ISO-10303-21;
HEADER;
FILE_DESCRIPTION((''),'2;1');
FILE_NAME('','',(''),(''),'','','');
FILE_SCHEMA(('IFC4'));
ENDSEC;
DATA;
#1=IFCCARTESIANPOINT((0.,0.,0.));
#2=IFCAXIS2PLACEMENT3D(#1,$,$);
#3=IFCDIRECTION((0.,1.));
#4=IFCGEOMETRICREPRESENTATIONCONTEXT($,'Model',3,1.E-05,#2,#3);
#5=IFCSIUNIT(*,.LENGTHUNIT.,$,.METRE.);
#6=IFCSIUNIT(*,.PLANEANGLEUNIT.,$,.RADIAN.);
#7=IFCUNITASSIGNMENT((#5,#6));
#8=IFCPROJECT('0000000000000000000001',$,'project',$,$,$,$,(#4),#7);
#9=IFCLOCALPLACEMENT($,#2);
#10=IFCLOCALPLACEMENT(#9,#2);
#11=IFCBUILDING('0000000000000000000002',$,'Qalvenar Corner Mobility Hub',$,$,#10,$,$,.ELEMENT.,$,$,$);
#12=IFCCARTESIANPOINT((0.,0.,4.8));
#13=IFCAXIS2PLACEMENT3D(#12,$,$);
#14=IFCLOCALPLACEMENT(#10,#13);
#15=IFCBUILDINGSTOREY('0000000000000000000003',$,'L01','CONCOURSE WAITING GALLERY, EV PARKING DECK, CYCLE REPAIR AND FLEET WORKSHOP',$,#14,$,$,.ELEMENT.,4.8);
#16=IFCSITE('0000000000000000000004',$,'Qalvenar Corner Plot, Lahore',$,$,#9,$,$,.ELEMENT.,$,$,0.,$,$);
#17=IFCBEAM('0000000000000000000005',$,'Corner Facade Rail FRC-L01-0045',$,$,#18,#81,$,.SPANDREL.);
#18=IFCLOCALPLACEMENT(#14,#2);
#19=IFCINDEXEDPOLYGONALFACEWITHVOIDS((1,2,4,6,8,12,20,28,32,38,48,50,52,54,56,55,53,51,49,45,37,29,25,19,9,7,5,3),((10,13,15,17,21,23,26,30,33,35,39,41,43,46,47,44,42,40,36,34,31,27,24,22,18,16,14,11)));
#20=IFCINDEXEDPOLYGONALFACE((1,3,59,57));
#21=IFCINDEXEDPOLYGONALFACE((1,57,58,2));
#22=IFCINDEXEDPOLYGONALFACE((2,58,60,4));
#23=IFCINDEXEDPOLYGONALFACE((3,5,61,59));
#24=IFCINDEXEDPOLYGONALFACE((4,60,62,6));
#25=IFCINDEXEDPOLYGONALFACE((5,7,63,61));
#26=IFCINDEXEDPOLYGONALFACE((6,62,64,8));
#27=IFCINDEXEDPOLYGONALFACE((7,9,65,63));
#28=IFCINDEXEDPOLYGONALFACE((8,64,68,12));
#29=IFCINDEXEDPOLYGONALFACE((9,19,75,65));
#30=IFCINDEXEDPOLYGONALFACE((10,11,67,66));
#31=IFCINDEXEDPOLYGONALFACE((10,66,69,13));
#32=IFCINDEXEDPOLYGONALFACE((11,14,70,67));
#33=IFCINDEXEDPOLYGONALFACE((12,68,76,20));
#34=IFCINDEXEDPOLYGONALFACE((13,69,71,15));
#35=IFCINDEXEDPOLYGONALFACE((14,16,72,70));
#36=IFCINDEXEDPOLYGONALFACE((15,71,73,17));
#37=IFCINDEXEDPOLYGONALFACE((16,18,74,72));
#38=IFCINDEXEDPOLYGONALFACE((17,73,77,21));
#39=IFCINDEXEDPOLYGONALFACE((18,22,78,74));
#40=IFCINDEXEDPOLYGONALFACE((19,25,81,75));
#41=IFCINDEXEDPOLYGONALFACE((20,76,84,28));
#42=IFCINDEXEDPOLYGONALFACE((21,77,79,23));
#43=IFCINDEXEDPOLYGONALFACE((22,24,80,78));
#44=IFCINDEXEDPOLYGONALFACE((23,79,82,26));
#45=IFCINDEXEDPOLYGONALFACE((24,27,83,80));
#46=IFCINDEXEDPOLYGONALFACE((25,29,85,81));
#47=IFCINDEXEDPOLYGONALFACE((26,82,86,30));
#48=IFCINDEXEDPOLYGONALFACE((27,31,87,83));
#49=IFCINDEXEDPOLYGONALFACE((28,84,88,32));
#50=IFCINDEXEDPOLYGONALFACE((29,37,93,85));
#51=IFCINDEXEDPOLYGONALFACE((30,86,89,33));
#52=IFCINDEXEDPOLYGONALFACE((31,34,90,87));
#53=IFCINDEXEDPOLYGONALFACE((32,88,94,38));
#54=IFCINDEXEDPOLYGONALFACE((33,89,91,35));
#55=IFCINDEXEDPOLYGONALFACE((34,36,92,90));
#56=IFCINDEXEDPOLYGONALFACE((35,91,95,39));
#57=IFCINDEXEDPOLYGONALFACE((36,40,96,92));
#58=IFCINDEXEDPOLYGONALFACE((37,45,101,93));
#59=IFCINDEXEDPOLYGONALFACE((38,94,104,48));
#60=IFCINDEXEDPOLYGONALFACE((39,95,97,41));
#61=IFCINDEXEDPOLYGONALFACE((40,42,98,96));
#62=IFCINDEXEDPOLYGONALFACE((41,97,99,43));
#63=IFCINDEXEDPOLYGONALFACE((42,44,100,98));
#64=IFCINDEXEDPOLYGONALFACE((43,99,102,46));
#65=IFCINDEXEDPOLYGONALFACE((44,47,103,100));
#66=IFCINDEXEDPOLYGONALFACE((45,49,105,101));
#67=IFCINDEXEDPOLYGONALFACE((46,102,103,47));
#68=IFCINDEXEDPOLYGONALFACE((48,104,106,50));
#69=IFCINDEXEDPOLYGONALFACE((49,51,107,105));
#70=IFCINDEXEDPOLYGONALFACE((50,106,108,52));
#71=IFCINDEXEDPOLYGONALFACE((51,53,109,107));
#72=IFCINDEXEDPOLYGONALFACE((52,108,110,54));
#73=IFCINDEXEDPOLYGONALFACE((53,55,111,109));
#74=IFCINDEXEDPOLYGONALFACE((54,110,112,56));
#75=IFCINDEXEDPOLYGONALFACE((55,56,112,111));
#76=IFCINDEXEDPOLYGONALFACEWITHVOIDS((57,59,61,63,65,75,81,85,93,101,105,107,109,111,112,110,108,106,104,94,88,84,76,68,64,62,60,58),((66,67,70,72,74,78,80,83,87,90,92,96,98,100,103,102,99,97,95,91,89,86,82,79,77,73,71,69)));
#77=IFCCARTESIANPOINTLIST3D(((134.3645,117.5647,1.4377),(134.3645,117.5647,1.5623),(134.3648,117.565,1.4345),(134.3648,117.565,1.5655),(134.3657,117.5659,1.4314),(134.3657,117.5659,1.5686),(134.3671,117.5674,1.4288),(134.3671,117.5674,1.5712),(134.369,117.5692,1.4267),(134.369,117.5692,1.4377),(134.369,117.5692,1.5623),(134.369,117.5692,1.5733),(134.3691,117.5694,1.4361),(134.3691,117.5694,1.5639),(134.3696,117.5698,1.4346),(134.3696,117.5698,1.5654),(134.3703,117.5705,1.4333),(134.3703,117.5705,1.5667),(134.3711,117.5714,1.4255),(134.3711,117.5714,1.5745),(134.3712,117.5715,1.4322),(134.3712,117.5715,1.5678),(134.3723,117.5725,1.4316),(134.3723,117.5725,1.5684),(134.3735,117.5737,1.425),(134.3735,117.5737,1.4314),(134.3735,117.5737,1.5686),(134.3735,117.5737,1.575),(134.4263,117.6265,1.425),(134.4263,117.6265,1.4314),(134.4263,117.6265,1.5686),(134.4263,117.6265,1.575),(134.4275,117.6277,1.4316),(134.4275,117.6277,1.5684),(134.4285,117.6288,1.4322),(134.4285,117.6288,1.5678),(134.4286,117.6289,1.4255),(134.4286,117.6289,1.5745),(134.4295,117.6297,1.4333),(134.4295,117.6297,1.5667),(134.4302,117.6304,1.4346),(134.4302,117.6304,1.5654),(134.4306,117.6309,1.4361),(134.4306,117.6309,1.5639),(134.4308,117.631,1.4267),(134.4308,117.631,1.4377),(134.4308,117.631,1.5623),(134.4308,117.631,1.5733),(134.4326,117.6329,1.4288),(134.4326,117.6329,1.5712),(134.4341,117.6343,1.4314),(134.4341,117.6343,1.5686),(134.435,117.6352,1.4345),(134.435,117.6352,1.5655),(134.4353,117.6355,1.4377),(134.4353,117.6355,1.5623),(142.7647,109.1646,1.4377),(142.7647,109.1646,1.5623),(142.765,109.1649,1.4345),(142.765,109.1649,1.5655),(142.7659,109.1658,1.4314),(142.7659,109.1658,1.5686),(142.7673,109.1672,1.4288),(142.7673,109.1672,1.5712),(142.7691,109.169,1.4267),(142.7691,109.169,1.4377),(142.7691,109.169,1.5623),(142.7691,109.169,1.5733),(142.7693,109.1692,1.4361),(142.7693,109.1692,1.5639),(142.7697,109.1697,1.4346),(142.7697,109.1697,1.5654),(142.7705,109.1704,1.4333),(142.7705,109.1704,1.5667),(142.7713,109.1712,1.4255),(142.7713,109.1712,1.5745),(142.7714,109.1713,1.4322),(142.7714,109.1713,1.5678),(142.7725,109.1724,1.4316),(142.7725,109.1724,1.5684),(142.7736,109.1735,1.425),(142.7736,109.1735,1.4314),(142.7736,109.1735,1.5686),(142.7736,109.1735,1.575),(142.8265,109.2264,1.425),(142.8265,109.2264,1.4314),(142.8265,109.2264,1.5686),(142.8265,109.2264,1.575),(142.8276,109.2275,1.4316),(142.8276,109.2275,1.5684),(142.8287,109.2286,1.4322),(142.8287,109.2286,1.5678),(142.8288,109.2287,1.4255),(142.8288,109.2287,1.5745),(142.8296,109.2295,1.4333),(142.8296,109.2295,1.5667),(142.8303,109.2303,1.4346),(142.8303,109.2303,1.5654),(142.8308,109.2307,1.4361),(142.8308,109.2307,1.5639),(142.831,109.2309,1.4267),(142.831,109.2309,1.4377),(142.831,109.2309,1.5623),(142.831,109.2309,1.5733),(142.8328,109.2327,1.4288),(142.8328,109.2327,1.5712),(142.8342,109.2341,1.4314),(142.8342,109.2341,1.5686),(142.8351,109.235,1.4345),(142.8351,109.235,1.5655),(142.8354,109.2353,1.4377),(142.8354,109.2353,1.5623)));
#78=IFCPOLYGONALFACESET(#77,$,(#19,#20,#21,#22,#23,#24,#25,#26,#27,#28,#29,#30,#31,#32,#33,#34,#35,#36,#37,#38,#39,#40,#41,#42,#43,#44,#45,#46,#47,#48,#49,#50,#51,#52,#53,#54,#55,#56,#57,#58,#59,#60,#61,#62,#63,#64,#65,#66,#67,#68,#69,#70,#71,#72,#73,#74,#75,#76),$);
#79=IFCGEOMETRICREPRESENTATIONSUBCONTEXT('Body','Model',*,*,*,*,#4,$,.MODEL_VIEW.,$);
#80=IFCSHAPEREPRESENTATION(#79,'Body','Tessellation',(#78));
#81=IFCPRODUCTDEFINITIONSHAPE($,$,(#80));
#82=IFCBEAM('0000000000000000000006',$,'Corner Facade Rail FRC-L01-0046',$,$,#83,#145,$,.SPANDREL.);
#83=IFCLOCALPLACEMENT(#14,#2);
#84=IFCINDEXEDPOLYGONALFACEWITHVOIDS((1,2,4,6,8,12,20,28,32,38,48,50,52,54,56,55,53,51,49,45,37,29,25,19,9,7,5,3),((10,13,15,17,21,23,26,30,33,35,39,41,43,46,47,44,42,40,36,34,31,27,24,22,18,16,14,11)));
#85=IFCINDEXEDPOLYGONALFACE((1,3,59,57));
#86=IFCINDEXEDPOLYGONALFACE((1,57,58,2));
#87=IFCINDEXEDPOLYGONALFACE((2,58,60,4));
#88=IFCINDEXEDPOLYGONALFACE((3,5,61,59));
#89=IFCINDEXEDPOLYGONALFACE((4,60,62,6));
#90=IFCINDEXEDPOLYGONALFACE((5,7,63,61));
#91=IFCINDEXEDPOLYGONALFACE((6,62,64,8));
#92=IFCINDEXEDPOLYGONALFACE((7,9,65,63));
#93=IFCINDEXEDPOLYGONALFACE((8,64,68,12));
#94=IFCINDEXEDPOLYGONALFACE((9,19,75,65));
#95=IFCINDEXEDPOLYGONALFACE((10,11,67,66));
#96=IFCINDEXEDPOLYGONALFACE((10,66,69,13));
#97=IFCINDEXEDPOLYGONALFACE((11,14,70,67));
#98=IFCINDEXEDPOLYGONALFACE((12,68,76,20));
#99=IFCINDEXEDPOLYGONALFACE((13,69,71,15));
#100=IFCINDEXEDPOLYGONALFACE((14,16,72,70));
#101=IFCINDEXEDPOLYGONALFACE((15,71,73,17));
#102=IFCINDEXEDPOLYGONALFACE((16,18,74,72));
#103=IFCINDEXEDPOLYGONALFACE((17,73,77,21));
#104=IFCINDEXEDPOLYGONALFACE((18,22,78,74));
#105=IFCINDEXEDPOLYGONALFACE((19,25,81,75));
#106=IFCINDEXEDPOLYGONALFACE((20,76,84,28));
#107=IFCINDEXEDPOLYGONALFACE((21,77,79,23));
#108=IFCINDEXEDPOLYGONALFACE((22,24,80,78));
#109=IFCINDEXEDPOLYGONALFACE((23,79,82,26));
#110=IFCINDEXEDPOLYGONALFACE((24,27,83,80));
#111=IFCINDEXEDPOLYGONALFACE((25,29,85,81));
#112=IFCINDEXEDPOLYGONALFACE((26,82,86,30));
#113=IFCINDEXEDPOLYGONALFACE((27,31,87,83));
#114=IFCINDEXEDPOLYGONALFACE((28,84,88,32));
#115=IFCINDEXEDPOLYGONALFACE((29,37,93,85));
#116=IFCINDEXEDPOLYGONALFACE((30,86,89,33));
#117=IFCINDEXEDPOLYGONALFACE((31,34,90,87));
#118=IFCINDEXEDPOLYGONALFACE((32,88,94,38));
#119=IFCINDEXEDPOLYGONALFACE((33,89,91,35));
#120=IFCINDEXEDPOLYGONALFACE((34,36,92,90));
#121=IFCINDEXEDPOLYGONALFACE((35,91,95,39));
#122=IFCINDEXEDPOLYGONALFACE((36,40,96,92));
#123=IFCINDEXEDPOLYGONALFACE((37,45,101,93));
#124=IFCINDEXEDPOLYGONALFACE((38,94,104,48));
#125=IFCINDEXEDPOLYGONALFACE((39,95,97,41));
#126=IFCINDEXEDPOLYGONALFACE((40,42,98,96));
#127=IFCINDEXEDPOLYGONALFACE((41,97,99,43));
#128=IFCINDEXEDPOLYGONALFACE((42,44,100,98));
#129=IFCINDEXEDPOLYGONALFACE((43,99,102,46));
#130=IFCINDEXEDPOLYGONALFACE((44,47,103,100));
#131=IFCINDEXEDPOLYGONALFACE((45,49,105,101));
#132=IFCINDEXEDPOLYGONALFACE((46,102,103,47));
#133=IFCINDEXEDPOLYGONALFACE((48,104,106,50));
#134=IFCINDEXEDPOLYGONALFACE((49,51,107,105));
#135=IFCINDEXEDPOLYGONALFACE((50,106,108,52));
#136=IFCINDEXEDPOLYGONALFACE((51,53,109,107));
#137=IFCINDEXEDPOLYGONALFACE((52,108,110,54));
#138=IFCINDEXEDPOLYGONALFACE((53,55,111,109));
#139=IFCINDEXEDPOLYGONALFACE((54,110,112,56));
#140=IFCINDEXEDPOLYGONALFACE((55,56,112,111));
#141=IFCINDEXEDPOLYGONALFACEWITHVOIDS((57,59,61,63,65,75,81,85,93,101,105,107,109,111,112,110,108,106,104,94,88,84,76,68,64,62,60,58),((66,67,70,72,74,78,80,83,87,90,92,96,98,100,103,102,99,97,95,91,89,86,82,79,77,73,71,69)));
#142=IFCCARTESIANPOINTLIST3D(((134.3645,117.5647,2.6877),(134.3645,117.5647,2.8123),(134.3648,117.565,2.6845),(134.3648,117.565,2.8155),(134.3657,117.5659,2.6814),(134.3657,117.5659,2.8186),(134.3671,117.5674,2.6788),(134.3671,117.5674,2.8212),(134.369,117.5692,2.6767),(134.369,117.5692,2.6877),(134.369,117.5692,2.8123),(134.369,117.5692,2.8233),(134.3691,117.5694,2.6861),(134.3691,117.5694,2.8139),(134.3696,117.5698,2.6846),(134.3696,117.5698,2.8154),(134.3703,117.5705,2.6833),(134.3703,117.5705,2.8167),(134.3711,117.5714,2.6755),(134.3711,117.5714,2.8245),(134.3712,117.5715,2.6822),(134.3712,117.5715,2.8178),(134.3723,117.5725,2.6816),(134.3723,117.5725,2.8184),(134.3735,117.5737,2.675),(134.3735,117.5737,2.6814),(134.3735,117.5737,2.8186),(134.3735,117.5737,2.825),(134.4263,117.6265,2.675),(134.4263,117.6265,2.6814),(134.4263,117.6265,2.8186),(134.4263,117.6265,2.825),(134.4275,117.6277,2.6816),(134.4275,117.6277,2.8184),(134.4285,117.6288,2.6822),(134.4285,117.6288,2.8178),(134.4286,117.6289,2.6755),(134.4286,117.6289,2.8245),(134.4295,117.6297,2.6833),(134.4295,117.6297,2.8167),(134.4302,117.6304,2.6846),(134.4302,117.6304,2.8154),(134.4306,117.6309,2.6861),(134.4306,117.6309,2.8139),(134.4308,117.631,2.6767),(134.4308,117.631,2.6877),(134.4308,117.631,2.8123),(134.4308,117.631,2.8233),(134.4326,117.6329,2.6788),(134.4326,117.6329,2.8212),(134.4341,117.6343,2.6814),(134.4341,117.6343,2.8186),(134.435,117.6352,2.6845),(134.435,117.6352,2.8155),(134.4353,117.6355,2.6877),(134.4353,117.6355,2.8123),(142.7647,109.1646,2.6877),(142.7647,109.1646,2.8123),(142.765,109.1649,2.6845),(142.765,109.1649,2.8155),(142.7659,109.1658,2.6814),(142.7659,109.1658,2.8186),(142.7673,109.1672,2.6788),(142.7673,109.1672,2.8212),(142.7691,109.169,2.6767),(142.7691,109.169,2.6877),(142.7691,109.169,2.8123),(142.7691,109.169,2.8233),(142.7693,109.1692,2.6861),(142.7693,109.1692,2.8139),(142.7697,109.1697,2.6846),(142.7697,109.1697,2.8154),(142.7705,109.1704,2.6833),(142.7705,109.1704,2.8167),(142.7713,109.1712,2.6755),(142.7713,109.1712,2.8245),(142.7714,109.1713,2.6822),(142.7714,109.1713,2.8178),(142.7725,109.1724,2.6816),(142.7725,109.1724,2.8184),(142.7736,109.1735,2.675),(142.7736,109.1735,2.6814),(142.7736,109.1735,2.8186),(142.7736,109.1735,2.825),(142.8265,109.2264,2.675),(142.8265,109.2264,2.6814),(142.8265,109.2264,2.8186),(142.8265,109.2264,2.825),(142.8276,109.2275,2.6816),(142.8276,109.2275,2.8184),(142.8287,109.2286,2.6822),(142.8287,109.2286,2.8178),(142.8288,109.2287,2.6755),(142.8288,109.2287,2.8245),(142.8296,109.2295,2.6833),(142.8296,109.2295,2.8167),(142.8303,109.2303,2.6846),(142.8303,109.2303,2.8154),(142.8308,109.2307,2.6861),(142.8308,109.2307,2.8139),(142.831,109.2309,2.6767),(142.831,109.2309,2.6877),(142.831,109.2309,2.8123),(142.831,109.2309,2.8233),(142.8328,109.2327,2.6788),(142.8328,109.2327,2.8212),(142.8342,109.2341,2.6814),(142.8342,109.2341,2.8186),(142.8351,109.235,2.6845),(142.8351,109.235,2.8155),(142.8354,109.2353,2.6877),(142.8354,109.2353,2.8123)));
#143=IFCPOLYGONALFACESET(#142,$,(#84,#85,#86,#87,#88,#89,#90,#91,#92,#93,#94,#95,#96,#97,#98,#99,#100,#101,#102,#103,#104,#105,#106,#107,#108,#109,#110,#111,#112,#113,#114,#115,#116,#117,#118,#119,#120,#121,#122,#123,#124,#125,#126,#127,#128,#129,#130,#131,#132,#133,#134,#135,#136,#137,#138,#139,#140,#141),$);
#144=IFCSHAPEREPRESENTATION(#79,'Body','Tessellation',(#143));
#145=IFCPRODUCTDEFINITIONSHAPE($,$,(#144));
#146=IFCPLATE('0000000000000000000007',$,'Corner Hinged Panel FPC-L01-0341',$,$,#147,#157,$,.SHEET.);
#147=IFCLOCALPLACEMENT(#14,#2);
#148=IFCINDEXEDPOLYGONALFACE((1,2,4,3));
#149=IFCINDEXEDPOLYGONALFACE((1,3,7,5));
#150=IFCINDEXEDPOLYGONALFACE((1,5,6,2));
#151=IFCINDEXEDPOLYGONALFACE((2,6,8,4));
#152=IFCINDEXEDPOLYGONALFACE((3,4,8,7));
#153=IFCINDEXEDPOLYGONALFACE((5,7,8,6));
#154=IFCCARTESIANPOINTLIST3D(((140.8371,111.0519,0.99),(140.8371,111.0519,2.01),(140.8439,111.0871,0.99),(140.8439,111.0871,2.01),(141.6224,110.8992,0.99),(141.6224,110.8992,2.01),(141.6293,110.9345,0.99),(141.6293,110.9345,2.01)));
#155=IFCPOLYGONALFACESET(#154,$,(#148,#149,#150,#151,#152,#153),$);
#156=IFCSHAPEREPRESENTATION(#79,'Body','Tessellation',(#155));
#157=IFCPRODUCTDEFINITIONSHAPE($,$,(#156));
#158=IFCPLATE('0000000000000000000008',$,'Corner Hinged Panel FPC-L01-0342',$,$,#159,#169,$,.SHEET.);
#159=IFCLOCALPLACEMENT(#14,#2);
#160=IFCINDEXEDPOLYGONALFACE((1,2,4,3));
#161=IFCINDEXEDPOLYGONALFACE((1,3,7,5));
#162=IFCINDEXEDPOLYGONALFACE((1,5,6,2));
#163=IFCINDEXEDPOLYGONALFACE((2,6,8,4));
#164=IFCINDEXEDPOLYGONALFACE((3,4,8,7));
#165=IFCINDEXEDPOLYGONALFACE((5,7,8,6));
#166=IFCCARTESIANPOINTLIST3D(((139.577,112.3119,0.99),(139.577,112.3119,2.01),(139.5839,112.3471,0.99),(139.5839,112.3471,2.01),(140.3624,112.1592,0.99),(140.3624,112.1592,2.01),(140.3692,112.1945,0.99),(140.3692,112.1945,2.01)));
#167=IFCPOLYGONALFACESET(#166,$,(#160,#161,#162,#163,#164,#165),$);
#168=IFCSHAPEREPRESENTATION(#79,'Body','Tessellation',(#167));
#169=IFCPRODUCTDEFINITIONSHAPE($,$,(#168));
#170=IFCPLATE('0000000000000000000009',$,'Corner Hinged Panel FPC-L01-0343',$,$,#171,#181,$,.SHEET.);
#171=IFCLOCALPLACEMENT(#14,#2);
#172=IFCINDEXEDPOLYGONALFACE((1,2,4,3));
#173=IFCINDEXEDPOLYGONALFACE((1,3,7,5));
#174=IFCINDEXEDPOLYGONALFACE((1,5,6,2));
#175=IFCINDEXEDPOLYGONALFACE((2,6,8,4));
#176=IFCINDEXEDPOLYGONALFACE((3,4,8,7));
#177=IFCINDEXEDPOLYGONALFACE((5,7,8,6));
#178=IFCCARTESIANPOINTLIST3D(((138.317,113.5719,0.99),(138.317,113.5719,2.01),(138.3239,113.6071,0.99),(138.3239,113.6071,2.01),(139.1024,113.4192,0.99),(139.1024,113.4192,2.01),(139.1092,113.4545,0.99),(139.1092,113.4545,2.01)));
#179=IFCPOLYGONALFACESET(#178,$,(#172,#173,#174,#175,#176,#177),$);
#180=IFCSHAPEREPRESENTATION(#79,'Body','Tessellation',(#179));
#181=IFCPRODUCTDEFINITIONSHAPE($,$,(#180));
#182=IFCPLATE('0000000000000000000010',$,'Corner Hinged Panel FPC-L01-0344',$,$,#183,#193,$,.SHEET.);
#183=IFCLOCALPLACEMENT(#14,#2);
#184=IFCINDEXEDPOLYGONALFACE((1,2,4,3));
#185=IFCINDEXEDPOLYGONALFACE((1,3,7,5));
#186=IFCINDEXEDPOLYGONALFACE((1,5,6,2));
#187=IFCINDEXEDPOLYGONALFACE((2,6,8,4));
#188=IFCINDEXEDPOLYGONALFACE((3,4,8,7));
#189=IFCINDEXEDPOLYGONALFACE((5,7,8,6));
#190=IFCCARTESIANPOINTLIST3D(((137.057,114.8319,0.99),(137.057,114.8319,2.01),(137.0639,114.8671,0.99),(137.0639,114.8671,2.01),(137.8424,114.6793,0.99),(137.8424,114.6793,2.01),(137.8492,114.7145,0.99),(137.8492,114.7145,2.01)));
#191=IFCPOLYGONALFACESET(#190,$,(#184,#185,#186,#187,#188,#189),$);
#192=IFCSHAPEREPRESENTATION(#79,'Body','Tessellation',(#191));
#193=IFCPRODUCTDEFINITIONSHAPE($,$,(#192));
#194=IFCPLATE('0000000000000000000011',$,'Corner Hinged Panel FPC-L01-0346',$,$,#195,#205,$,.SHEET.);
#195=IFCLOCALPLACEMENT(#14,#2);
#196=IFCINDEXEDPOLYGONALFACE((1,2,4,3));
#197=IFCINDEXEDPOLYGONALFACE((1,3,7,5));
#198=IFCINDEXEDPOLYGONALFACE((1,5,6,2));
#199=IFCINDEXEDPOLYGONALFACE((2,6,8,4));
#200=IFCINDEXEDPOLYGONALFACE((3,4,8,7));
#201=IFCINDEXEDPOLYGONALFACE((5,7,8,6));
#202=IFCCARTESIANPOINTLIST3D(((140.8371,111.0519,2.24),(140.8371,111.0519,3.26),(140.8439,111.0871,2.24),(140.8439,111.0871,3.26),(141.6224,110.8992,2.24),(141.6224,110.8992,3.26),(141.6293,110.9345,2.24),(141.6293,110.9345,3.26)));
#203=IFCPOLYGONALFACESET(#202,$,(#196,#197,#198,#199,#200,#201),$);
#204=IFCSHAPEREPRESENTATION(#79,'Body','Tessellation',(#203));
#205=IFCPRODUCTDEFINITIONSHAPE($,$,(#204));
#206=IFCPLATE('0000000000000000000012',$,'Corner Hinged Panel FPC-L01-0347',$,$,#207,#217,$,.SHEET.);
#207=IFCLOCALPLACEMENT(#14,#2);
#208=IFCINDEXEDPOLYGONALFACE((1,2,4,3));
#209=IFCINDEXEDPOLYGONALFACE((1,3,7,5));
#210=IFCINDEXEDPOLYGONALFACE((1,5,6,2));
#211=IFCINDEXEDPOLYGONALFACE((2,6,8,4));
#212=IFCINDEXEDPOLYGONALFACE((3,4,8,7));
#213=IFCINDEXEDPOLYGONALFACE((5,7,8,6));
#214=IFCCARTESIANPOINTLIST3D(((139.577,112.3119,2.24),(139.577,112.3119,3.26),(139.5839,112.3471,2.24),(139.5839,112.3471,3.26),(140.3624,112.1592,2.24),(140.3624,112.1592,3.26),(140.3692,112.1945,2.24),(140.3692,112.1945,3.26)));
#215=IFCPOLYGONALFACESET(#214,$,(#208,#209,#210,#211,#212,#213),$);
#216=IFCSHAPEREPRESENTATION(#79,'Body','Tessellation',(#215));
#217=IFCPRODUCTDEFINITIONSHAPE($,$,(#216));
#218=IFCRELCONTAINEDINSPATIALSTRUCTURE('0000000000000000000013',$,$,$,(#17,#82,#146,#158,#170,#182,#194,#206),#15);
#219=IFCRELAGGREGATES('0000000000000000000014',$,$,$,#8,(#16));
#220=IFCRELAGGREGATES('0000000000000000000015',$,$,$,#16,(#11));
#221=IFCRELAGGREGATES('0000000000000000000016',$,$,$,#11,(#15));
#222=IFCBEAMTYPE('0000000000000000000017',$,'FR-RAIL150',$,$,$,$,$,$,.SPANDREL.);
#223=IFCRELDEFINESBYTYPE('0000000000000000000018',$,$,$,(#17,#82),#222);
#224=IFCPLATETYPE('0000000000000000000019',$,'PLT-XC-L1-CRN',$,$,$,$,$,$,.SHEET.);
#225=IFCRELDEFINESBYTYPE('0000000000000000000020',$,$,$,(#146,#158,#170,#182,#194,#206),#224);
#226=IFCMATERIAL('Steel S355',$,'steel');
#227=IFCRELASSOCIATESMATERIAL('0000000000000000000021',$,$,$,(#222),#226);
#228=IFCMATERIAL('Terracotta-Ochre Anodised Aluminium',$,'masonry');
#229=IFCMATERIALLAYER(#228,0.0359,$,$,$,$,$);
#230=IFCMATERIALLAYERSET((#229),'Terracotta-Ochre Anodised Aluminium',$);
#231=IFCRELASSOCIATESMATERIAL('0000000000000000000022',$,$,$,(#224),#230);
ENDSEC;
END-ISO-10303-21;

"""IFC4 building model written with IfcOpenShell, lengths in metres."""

from ifc_helpers import new_model, si_unit, direction, frame, origin, origin_2d, place, context, subcontext, project, spatial, rectangle, hollow_rectangle, extrude, material, layer, layer_set, material_profile, profile_set, type_object, element, save


model = new_model("IFC4")

# Units and contexts
model_context = context("Model", 3, precision=1e-05, world=origin(), true_north=direction((0.0, 1.0)))
body_context = subcontext(model_context, "Body", "Model", "MODEL_VIEW")
ifc_project = project(units=[si_unit("LENGTHUNIT", "METRE"), si_unit("PLANEANGLEUNIT", "RADIAN")], contexts=[model_context])

# Site, building, storey
site_placement = place(None, origin())
site = spatial("IfcSite", under=ifc_project, at=site_placement, Name="Qalvenar Corner Plot, Lahore", CompositionType="ELEMENT", RefElevation=0.0)
building_placement = place(site_placement, origin())
building = spatial("IfcBuilding", under=site, at=building_placement, Name="Qalvenar Corner Mobility Hub", CompositionType="ELEMENT")
storey_placement = place(building_placement, frame((0.0, 0.0, 4.8)))
storey = spatial("IfcBuildingStorey", under=building, at=storey_placement, Name="L01", Description="CONCOURSE WAITING GALLERY, EV PARKING DECK, CYCLE REPAIR AND FLEET WORKSHOP", CompositionType="ELEMENT", Elevation=4.8)

# Shared definitions
ifc_material_1 = material(Name="Steel S355", Category="steel")

# Beams
ifc_material_profile_1 = material_profile(ifc_material_1, hollow_rectangle(XDim=0.1001, YDim=0.1499, WallThickness=0.0063, InnerFilletRadius=0.0063, OuterFilletRadius=0.0127, at=origin_2d()), Name="RHS150x100x6.3")
ifc_profile_set_1 = profile_set([ifc_material_profile_1], Name="Steel S355")
beam_type_1 = type_object("IfcBeamType", Name="FR-RAIL150", PredefinedType="SPANDREL", material=ifc_profile_set_1)
for number, where, z_axis, x_axis, name in (
    (1, (142.8, 109.2, 1.5), (-0.707107, 0.707107, 0.0), (-0.707107, -0.707107, 0.0), "Corner Facade Rail FRC-L01-0045"),
    (2, (142.8, 109.2, 2.75), (-0.707107, 0.707107, 0.0), (-0.707107, -0.707107, 0.0), "Corner Facade Rail FRC-L01-0046"),
):
    element("IfcBeam", number, at=place(storey_placement, frame(where, z_axis=z_axis, x_axis=x_axis)), inside=storey, type_object=beam_type_1, Name=name, PredefinedType="SPANDREL", context=body_context, shape_type="SweptSolid", body=[
        extrude(hollow_rectangle(XDim=0.1001, YDim=0.1499, WallThickness=0.0063, InnerFilletRadius=0.0063, OuterFilletRadius=0.0127, at=origin_2d()), origin(), (0.0, 0.0, 1.0), 11.8796),
    ])

# Plates
ifc_material_2 = material(Name="Terracotta-Ochre Anodised Aluminium", Category="masonry")
ifc_layer = layer(ifc_material_2, 0.0359)
ifc_layer_set = layer_set([ifc_layer], Name="Terracotta-Ochre Anodised Aluminium")
plate_type = type_object("IfcPlateType", Name="PLT-XC-L1-CRN", PredefinedType="SHEET", material=ifc_layer_set)
for number, where, z_axis, x_axis, name in (
    (3, (141.2332, 110.9932, 0.99), (0.0, 0.0, 1.0), (-0.981627, 0.190809, 0.0), "Corner Hinged Panel FPC-L01-0341"),
    (4, (139.9731, 112.2532, 0.99), (0.0, 0.0, 1.0), (-0.981627, 0.190809, 0.0), "Corner Hinged Panel FPC-L01-0342"),
    (5, (138.7131, 113.5132, 0.99), (0.0, 0.0, 1.0), (-0.981627, 0.190809, 0.0), "Corner Hinged Panel FPC-L01-0343"),
    (6, (137.4531, 114.7732, 0.99), (0.0, 0.0, 1.0), (-0.981627, 0.190809, 0.0), "Corner Hinged Panel FPC-L01-0344"),
    (7, (141.2332, 110.9932, 2.24), (0.0, 0.0, 1.0), (-0.981627, 0.190809, 0.0), "Corner Hinged Panel FPC-L01-0346"),
    (8, (139.9731, 112.2532, 2.24), (0.0, 0.0, 1.0), (-0.981627, 0.190809, 0.0), "Corner Hinged Panel FPC-L01-0347"),
):
    element("IfcPlate", number, at=place(storey_placement, frame(where, z_axis=z_axis, x_axis=x_axis)), inside=storey, type_object=plate_type, Name=name, PredefinedType="SHEET", context=body_context, shape_type="SweptSolid", body=[
        extrude(rectangle(XDim=0.8, YDim=0.0359, at=origin_2d()), origin(), (0.0, 0.0, 1.0), 1.02),
    ])

save(model, "model.ifc")
